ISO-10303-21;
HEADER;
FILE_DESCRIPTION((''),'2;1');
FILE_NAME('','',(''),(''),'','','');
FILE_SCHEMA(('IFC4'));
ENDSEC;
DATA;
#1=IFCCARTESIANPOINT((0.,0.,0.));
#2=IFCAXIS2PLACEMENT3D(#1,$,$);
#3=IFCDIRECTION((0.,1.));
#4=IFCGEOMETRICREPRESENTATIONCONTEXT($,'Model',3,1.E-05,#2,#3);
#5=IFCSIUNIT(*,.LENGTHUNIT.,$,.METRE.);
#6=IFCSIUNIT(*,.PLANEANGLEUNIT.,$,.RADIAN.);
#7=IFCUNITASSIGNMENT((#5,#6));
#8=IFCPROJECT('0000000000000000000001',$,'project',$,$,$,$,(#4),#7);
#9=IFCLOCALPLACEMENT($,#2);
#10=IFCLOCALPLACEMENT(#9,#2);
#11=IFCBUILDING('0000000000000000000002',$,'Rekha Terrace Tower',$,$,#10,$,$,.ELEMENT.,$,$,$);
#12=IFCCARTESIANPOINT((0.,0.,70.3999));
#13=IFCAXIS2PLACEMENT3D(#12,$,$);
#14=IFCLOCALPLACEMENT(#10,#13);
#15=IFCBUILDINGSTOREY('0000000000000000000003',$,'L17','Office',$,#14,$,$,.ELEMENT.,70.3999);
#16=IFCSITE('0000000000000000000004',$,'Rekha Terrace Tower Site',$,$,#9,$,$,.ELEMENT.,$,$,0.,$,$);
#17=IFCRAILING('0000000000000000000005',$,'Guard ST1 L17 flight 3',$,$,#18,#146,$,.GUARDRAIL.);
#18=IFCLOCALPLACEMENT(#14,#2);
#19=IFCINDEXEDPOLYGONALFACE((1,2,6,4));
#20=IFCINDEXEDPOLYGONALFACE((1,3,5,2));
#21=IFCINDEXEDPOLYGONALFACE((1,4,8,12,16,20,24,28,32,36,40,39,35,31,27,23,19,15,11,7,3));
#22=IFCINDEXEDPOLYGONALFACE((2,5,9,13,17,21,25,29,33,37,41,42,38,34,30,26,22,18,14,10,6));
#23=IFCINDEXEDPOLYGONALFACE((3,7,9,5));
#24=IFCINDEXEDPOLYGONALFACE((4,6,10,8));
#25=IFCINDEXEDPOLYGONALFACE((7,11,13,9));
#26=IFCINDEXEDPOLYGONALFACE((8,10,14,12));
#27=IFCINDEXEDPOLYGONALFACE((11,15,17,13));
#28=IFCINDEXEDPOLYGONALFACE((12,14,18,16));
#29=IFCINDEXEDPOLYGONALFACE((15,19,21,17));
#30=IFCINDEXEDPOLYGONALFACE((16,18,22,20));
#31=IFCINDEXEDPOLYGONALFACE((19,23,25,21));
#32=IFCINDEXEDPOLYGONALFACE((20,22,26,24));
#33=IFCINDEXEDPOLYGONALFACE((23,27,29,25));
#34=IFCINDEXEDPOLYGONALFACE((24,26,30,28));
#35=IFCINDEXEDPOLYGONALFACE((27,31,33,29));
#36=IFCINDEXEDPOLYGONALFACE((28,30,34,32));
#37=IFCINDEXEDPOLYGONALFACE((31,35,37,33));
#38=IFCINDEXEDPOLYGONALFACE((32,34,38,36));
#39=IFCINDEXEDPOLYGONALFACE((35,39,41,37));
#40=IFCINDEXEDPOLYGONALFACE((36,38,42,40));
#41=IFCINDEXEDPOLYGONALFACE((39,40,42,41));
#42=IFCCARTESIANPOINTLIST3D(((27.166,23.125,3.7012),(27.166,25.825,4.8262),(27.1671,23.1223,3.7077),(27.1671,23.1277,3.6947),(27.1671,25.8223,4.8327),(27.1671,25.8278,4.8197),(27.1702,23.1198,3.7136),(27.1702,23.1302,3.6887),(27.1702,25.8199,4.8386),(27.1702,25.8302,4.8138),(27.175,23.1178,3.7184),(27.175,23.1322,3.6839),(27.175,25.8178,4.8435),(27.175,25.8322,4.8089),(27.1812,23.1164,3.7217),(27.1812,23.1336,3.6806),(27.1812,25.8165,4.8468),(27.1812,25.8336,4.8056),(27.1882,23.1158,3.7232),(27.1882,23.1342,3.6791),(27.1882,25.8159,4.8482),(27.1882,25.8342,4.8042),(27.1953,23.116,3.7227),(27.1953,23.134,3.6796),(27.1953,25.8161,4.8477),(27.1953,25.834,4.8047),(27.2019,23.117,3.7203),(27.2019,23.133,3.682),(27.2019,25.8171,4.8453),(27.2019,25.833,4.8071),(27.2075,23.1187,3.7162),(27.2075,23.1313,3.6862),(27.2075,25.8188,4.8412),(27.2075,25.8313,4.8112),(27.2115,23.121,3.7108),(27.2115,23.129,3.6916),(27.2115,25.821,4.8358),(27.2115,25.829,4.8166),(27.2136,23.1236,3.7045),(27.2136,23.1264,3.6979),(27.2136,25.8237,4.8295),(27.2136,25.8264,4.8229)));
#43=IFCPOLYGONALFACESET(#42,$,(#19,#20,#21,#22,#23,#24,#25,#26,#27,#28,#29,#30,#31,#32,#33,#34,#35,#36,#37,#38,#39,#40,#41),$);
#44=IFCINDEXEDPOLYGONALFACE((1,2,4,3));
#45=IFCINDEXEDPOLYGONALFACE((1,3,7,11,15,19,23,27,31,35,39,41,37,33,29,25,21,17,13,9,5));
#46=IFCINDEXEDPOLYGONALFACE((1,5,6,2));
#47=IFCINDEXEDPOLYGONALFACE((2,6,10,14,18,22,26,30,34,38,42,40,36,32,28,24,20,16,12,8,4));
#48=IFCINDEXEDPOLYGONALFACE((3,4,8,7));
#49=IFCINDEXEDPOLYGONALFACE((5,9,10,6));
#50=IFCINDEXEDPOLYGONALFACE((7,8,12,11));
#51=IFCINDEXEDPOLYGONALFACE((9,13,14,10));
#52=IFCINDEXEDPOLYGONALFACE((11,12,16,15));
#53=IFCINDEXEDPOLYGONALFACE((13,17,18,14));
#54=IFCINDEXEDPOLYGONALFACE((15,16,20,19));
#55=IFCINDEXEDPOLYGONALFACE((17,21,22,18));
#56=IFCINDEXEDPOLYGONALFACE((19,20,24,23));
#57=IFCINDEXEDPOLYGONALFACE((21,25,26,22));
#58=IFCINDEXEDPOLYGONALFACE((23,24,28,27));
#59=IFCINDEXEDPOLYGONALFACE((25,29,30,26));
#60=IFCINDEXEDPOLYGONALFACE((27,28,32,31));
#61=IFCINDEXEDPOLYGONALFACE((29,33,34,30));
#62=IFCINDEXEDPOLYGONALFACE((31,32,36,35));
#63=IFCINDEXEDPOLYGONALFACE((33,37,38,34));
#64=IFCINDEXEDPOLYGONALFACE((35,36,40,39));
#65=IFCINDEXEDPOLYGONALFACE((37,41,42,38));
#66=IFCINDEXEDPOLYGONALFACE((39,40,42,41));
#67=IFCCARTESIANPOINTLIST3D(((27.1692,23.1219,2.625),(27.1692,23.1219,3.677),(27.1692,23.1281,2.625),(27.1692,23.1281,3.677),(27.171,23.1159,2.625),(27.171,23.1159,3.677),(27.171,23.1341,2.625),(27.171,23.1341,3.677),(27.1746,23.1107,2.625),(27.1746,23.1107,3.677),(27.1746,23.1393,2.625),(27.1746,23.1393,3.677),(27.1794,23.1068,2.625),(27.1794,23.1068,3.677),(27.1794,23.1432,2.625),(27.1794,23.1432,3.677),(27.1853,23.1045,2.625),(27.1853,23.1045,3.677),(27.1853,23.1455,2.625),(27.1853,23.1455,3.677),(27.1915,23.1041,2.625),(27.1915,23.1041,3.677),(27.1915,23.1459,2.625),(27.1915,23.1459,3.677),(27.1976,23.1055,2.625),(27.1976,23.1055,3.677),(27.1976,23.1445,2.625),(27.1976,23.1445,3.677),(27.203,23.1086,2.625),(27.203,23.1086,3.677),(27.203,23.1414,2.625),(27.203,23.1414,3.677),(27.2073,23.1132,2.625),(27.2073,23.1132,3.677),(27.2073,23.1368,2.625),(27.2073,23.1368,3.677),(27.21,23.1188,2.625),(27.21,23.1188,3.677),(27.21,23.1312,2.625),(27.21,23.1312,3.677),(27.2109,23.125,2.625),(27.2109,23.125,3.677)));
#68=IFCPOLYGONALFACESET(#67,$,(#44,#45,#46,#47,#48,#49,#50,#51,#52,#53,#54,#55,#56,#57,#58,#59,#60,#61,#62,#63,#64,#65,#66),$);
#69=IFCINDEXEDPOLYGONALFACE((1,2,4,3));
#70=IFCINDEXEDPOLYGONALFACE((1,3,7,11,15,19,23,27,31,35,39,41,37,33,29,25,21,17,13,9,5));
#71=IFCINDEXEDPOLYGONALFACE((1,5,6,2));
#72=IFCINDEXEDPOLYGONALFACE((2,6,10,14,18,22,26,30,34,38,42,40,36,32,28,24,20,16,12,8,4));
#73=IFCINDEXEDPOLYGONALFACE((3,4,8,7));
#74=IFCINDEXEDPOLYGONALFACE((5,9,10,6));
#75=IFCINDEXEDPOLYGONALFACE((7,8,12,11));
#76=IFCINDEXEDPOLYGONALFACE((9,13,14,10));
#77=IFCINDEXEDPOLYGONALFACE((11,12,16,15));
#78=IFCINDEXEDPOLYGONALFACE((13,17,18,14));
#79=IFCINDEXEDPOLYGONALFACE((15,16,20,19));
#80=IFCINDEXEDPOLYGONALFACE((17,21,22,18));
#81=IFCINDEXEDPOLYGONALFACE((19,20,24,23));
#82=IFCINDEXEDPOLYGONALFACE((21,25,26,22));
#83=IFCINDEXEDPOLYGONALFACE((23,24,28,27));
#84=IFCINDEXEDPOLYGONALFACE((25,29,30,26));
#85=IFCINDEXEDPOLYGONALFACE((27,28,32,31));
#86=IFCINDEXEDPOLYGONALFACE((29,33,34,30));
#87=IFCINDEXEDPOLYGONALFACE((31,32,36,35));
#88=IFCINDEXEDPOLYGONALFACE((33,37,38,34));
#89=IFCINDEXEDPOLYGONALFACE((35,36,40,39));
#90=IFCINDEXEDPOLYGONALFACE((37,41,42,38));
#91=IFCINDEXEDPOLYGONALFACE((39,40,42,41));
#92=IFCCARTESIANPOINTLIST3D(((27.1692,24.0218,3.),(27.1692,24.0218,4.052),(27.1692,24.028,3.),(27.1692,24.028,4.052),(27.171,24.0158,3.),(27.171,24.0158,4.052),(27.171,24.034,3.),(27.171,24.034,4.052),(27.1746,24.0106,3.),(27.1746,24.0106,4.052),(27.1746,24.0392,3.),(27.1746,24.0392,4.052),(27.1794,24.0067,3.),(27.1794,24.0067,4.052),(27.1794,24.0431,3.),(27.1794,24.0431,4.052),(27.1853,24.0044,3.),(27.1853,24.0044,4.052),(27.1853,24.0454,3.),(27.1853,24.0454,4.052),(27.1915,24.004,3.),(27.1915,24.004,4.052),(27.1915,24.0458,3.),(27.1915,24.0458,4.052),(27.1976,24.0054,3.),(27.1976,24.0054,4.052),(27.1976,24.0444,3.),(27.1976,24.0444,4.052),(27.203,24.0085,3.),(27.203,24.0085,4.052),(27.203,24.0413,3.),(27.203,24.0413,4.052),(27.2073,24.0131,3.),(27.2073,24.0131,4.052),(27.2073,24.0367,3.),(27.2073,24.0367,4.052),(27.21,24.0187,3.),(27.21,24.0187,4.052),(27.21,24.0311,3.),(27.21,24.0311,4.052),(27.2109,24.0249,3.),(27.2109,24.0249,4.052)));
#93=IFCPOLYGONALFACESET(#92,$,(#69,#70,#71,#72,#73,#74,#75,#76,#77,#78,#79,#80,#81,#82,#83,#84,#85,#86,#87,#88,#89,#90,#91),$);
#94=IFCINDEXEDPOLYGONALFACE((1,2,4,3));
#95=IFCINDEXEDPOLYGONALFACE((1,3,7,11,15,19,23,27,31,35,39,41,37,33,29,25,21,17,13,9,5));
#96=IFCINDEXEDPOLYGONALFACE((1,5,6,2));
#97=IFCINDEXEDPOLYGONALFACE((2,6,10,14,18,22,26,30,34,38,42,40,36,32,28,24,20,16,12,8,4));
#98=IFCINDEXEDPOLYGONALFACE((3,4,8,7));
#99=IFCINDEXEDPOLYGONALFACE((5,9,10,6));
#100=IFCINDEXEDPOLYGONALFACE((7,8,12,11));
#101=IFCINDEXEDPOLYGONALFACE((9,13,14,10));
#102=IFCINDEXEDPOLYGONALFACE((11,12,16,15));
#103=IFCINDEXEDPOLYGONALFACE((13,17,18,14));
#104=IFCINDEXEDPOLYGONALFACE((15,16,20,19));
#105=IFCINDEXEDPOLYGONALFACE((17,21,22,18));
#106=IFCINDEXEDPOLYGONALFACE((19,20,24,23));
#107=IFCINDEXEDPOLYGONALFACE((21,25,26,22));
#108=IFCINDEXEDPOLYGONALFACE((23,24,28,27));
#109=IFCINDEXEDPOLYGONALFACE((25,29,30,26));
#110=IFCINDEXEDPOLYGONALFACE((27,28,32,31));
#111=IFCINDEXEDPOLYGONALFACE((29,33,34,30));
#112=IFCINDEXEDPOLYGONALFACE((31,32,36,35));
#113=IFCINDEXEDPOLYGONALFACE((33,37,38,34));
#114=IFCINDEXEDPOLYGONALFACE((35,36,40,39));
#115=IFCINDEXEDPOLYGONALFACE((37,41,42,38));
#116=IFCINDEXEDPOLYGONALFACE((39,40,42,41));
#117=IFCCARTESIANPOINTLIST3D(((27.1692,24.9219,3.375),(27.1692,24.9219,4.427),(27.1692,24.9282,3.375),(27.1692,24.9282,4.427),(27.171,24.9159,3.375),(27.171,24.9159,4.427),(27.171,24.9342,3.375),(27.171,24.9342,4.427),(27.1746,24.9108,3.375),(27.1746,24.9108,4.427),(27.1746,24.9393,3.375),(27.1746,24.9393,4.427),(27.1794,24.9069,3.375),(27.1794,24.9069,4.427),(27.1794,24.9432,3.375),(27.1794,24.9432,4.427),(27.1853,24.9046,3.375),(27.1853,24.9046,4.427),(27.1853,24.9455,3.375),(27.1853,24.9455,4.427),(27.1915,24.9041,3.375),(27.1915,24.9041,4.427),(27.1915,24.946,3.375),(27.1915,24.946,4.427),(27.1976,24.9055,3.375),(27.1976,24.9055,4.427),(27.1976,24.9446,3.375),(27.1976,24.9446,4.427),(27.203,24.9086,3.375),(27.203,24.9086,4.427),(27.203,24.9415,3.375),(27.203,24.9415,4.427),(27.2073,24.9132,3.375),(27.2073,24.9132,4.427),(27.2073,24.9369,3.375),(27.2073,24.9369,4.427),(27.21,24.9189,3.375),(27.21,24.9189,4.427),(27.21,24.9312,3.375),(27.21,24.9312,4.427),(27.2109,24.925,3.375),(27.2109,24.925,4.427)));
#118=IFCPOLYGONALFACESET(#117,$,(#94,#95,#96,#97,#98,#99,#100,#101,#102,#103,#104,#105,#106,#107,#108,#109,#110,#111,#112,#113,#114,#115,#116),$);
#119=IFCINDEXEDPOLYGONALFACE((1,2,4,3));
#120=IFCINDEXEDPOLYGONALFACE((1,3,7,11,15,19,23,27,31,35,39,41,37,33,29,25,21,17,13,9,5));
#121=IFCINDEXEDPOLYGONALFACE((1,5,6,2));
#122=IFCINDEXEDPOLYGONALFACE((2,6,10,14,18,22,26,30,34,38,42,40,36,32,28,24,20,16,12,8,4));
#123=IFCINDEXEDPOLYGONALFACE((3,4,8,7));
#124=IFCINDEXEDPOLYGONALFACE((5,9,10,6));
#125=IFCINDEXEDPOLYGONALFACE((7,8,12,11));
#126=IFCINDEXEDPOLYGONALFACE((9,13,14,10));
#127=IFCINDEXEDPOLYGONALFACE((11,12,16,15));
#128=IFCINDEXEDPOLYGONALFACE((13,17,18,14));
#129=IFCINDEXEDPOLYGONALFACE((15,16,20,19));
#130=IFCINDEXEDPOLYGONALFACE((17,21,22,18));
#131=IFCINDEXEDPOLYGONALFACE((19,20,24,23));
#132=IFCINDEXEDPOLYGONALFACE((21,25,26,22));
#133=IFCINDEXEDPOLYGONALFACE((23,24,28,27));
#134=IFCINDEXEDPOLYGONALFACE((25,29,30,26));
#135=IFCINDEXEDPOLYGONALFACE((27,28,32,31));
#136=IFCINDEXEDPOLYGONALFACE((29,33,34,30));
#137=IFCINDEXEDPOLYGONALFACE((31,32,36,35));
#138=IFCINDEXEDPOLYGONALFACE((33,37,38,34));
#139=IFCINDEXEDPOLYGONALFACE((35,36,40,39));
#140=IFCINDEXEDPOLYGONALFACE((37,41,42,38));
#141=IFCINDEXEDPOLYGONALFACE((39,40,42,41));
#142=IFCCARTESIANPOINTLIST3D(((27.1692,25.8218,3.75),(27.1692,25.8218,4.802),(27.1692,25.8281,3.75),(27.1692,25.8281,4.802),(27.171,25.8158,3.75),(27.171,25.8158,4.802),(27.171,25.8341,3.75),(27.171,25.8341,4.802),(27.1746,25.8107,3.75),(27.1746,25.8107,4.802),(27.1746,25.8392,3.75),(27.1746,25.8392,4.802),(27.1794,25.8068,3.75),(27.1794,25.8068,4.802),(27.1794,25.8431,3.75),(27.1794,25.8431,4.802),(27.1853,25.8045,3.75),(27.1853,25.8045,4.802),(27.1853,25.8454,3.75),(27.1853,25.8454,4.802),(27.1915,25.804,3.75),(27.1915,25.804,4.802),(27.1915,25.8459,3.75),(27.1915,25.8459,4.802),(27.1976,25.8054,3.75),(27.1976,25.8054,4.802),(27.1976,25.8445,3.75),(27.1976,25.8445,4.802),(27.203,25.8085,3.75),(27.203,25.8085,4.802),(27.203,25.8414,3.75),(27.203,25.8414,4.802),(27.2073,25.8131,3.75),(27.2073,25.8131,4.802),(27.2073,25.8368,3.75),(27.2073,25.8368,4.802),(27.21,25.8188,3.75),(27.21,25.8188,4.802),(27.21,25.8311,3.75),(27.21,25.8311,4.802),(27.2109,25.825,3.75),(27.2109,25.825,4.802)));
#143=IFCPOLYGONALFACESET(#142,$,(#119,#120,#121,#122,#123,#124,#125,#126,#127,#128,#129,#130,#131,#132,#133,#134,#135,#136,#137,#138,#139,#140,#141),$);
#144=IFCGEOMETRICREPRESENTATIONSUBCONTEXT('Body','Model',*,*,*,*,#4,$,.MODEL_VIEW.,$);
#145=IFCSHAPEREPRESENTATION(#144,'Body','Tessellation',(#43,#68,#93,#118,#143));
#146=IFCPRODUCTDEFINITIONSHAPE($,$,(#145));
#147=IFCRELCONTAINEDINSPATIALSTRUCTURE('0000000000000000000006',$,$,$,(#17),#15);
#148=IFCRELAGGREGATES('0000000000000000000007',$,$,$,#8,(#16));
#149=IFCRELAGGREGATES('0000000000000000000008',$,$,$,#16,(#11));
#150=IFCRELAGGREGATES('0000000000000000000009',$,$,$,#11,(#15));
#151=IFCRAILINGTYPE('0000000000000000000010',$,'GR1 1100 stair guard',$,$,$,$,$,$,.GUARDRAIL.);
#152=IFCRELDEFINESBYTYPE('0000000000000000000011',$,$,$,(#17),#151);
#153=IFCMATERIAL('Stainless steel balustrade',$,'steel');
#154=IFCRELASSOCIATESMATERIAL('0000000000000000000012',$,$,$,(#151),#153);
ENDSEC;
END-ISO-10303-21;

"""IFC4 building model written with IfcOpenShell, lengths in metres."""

from ifc_helpers import new_model, si_unit, direction, frame, origin, origin_2d, place, context, subcontext, project, spatial, circle, extrude, material, type_object, element, save


model = new_model("IFC4")

# Units and contexts
model_context = context("Model", 3, precision=1e-05, world=origin(), true_north=direction((0.0, 1.0)))
body_context = subcontext(model_context, "Body", "Model", "MODEL_VIEW")
ifc_project = project(units=[si_unit("LENGTHUNIT", "METRE"), si_unit("PLANEANGLEUNIT", "RADIAN")], contexts=[model_context])

# Site, building, storey
site_placement = place(None, origin())
site = spatial("IfcSite", under=ifc_project, at=site_placement, Name="Rekha Terrace Tower Site", CompositionType="ELEMENT", RefElevation=0.0)
building_placement = place(site_placement, origin())
building = spatial("IfcBuilding", under=site, at=building_placement, Name="Rekha Terrace Tower", CompositionType="ELEMENT")
storey_placement = place(building_placement, frame((0.0, 0.0, 70.3999)))
storey = spatial("IfcBuildingStorey", under=building, at=storey_placement, Name="L17", Description="Office", CompositionType="ELEMENT", Elevation=70.3999)

# Railing
ifc_material_1 = material(Name="Stainless steel balustrade", Category="steel")
railing_type_1 = type_object("IfcRailingType", Name="GR1 1100 stair guard", PredefinedType="GUARDRAIL", material=ifc_material_1)
railing_1_placement = place(storey_placement, frame((27.1899, 23.125, 2.625)))
element("IfcRailing", 1, at=railing_1_placement, inside=storey, type_object=railing_type_1, Name="Guard ST1 L17 flight 3", PredefinedType="GUARDRAIL", context=body_context, shape_type="SweptSolid", body=[
    extrude(circle(Radius=0.0239, at=origin_2d()), frame((0.0, 0.0, 1.0762), z_axis=(0.0, 0.923074, 0.384621), x_axis=(-1.0, 0.0, 0.0)), (0.0, 0.0, 1.0), 2.925),
    extrude(circle(Radius=0.021, at=origin_2d()), origin(), (0.0, 0.0, 1.0), 1.052),
    extrude(circle(Radius=0.021, at=origin_2d()), frame((0.0, 0.8999, 0.375)), (0.0, 0.0, 1.0), 1.052),
    extrude(circle(Radius=0.021, at=origin_2d()), frame((0.0, 1.8, 0.75)), (0.0, 0.0, 1.0), 1.052),
    extrude(circle(Radius=0.021, at=origin_2d()), frame((0.0, 2.7, 1.125)), (0.0, 0.0, 1.0), 1.052),
])

save(model, "model.ifc")
